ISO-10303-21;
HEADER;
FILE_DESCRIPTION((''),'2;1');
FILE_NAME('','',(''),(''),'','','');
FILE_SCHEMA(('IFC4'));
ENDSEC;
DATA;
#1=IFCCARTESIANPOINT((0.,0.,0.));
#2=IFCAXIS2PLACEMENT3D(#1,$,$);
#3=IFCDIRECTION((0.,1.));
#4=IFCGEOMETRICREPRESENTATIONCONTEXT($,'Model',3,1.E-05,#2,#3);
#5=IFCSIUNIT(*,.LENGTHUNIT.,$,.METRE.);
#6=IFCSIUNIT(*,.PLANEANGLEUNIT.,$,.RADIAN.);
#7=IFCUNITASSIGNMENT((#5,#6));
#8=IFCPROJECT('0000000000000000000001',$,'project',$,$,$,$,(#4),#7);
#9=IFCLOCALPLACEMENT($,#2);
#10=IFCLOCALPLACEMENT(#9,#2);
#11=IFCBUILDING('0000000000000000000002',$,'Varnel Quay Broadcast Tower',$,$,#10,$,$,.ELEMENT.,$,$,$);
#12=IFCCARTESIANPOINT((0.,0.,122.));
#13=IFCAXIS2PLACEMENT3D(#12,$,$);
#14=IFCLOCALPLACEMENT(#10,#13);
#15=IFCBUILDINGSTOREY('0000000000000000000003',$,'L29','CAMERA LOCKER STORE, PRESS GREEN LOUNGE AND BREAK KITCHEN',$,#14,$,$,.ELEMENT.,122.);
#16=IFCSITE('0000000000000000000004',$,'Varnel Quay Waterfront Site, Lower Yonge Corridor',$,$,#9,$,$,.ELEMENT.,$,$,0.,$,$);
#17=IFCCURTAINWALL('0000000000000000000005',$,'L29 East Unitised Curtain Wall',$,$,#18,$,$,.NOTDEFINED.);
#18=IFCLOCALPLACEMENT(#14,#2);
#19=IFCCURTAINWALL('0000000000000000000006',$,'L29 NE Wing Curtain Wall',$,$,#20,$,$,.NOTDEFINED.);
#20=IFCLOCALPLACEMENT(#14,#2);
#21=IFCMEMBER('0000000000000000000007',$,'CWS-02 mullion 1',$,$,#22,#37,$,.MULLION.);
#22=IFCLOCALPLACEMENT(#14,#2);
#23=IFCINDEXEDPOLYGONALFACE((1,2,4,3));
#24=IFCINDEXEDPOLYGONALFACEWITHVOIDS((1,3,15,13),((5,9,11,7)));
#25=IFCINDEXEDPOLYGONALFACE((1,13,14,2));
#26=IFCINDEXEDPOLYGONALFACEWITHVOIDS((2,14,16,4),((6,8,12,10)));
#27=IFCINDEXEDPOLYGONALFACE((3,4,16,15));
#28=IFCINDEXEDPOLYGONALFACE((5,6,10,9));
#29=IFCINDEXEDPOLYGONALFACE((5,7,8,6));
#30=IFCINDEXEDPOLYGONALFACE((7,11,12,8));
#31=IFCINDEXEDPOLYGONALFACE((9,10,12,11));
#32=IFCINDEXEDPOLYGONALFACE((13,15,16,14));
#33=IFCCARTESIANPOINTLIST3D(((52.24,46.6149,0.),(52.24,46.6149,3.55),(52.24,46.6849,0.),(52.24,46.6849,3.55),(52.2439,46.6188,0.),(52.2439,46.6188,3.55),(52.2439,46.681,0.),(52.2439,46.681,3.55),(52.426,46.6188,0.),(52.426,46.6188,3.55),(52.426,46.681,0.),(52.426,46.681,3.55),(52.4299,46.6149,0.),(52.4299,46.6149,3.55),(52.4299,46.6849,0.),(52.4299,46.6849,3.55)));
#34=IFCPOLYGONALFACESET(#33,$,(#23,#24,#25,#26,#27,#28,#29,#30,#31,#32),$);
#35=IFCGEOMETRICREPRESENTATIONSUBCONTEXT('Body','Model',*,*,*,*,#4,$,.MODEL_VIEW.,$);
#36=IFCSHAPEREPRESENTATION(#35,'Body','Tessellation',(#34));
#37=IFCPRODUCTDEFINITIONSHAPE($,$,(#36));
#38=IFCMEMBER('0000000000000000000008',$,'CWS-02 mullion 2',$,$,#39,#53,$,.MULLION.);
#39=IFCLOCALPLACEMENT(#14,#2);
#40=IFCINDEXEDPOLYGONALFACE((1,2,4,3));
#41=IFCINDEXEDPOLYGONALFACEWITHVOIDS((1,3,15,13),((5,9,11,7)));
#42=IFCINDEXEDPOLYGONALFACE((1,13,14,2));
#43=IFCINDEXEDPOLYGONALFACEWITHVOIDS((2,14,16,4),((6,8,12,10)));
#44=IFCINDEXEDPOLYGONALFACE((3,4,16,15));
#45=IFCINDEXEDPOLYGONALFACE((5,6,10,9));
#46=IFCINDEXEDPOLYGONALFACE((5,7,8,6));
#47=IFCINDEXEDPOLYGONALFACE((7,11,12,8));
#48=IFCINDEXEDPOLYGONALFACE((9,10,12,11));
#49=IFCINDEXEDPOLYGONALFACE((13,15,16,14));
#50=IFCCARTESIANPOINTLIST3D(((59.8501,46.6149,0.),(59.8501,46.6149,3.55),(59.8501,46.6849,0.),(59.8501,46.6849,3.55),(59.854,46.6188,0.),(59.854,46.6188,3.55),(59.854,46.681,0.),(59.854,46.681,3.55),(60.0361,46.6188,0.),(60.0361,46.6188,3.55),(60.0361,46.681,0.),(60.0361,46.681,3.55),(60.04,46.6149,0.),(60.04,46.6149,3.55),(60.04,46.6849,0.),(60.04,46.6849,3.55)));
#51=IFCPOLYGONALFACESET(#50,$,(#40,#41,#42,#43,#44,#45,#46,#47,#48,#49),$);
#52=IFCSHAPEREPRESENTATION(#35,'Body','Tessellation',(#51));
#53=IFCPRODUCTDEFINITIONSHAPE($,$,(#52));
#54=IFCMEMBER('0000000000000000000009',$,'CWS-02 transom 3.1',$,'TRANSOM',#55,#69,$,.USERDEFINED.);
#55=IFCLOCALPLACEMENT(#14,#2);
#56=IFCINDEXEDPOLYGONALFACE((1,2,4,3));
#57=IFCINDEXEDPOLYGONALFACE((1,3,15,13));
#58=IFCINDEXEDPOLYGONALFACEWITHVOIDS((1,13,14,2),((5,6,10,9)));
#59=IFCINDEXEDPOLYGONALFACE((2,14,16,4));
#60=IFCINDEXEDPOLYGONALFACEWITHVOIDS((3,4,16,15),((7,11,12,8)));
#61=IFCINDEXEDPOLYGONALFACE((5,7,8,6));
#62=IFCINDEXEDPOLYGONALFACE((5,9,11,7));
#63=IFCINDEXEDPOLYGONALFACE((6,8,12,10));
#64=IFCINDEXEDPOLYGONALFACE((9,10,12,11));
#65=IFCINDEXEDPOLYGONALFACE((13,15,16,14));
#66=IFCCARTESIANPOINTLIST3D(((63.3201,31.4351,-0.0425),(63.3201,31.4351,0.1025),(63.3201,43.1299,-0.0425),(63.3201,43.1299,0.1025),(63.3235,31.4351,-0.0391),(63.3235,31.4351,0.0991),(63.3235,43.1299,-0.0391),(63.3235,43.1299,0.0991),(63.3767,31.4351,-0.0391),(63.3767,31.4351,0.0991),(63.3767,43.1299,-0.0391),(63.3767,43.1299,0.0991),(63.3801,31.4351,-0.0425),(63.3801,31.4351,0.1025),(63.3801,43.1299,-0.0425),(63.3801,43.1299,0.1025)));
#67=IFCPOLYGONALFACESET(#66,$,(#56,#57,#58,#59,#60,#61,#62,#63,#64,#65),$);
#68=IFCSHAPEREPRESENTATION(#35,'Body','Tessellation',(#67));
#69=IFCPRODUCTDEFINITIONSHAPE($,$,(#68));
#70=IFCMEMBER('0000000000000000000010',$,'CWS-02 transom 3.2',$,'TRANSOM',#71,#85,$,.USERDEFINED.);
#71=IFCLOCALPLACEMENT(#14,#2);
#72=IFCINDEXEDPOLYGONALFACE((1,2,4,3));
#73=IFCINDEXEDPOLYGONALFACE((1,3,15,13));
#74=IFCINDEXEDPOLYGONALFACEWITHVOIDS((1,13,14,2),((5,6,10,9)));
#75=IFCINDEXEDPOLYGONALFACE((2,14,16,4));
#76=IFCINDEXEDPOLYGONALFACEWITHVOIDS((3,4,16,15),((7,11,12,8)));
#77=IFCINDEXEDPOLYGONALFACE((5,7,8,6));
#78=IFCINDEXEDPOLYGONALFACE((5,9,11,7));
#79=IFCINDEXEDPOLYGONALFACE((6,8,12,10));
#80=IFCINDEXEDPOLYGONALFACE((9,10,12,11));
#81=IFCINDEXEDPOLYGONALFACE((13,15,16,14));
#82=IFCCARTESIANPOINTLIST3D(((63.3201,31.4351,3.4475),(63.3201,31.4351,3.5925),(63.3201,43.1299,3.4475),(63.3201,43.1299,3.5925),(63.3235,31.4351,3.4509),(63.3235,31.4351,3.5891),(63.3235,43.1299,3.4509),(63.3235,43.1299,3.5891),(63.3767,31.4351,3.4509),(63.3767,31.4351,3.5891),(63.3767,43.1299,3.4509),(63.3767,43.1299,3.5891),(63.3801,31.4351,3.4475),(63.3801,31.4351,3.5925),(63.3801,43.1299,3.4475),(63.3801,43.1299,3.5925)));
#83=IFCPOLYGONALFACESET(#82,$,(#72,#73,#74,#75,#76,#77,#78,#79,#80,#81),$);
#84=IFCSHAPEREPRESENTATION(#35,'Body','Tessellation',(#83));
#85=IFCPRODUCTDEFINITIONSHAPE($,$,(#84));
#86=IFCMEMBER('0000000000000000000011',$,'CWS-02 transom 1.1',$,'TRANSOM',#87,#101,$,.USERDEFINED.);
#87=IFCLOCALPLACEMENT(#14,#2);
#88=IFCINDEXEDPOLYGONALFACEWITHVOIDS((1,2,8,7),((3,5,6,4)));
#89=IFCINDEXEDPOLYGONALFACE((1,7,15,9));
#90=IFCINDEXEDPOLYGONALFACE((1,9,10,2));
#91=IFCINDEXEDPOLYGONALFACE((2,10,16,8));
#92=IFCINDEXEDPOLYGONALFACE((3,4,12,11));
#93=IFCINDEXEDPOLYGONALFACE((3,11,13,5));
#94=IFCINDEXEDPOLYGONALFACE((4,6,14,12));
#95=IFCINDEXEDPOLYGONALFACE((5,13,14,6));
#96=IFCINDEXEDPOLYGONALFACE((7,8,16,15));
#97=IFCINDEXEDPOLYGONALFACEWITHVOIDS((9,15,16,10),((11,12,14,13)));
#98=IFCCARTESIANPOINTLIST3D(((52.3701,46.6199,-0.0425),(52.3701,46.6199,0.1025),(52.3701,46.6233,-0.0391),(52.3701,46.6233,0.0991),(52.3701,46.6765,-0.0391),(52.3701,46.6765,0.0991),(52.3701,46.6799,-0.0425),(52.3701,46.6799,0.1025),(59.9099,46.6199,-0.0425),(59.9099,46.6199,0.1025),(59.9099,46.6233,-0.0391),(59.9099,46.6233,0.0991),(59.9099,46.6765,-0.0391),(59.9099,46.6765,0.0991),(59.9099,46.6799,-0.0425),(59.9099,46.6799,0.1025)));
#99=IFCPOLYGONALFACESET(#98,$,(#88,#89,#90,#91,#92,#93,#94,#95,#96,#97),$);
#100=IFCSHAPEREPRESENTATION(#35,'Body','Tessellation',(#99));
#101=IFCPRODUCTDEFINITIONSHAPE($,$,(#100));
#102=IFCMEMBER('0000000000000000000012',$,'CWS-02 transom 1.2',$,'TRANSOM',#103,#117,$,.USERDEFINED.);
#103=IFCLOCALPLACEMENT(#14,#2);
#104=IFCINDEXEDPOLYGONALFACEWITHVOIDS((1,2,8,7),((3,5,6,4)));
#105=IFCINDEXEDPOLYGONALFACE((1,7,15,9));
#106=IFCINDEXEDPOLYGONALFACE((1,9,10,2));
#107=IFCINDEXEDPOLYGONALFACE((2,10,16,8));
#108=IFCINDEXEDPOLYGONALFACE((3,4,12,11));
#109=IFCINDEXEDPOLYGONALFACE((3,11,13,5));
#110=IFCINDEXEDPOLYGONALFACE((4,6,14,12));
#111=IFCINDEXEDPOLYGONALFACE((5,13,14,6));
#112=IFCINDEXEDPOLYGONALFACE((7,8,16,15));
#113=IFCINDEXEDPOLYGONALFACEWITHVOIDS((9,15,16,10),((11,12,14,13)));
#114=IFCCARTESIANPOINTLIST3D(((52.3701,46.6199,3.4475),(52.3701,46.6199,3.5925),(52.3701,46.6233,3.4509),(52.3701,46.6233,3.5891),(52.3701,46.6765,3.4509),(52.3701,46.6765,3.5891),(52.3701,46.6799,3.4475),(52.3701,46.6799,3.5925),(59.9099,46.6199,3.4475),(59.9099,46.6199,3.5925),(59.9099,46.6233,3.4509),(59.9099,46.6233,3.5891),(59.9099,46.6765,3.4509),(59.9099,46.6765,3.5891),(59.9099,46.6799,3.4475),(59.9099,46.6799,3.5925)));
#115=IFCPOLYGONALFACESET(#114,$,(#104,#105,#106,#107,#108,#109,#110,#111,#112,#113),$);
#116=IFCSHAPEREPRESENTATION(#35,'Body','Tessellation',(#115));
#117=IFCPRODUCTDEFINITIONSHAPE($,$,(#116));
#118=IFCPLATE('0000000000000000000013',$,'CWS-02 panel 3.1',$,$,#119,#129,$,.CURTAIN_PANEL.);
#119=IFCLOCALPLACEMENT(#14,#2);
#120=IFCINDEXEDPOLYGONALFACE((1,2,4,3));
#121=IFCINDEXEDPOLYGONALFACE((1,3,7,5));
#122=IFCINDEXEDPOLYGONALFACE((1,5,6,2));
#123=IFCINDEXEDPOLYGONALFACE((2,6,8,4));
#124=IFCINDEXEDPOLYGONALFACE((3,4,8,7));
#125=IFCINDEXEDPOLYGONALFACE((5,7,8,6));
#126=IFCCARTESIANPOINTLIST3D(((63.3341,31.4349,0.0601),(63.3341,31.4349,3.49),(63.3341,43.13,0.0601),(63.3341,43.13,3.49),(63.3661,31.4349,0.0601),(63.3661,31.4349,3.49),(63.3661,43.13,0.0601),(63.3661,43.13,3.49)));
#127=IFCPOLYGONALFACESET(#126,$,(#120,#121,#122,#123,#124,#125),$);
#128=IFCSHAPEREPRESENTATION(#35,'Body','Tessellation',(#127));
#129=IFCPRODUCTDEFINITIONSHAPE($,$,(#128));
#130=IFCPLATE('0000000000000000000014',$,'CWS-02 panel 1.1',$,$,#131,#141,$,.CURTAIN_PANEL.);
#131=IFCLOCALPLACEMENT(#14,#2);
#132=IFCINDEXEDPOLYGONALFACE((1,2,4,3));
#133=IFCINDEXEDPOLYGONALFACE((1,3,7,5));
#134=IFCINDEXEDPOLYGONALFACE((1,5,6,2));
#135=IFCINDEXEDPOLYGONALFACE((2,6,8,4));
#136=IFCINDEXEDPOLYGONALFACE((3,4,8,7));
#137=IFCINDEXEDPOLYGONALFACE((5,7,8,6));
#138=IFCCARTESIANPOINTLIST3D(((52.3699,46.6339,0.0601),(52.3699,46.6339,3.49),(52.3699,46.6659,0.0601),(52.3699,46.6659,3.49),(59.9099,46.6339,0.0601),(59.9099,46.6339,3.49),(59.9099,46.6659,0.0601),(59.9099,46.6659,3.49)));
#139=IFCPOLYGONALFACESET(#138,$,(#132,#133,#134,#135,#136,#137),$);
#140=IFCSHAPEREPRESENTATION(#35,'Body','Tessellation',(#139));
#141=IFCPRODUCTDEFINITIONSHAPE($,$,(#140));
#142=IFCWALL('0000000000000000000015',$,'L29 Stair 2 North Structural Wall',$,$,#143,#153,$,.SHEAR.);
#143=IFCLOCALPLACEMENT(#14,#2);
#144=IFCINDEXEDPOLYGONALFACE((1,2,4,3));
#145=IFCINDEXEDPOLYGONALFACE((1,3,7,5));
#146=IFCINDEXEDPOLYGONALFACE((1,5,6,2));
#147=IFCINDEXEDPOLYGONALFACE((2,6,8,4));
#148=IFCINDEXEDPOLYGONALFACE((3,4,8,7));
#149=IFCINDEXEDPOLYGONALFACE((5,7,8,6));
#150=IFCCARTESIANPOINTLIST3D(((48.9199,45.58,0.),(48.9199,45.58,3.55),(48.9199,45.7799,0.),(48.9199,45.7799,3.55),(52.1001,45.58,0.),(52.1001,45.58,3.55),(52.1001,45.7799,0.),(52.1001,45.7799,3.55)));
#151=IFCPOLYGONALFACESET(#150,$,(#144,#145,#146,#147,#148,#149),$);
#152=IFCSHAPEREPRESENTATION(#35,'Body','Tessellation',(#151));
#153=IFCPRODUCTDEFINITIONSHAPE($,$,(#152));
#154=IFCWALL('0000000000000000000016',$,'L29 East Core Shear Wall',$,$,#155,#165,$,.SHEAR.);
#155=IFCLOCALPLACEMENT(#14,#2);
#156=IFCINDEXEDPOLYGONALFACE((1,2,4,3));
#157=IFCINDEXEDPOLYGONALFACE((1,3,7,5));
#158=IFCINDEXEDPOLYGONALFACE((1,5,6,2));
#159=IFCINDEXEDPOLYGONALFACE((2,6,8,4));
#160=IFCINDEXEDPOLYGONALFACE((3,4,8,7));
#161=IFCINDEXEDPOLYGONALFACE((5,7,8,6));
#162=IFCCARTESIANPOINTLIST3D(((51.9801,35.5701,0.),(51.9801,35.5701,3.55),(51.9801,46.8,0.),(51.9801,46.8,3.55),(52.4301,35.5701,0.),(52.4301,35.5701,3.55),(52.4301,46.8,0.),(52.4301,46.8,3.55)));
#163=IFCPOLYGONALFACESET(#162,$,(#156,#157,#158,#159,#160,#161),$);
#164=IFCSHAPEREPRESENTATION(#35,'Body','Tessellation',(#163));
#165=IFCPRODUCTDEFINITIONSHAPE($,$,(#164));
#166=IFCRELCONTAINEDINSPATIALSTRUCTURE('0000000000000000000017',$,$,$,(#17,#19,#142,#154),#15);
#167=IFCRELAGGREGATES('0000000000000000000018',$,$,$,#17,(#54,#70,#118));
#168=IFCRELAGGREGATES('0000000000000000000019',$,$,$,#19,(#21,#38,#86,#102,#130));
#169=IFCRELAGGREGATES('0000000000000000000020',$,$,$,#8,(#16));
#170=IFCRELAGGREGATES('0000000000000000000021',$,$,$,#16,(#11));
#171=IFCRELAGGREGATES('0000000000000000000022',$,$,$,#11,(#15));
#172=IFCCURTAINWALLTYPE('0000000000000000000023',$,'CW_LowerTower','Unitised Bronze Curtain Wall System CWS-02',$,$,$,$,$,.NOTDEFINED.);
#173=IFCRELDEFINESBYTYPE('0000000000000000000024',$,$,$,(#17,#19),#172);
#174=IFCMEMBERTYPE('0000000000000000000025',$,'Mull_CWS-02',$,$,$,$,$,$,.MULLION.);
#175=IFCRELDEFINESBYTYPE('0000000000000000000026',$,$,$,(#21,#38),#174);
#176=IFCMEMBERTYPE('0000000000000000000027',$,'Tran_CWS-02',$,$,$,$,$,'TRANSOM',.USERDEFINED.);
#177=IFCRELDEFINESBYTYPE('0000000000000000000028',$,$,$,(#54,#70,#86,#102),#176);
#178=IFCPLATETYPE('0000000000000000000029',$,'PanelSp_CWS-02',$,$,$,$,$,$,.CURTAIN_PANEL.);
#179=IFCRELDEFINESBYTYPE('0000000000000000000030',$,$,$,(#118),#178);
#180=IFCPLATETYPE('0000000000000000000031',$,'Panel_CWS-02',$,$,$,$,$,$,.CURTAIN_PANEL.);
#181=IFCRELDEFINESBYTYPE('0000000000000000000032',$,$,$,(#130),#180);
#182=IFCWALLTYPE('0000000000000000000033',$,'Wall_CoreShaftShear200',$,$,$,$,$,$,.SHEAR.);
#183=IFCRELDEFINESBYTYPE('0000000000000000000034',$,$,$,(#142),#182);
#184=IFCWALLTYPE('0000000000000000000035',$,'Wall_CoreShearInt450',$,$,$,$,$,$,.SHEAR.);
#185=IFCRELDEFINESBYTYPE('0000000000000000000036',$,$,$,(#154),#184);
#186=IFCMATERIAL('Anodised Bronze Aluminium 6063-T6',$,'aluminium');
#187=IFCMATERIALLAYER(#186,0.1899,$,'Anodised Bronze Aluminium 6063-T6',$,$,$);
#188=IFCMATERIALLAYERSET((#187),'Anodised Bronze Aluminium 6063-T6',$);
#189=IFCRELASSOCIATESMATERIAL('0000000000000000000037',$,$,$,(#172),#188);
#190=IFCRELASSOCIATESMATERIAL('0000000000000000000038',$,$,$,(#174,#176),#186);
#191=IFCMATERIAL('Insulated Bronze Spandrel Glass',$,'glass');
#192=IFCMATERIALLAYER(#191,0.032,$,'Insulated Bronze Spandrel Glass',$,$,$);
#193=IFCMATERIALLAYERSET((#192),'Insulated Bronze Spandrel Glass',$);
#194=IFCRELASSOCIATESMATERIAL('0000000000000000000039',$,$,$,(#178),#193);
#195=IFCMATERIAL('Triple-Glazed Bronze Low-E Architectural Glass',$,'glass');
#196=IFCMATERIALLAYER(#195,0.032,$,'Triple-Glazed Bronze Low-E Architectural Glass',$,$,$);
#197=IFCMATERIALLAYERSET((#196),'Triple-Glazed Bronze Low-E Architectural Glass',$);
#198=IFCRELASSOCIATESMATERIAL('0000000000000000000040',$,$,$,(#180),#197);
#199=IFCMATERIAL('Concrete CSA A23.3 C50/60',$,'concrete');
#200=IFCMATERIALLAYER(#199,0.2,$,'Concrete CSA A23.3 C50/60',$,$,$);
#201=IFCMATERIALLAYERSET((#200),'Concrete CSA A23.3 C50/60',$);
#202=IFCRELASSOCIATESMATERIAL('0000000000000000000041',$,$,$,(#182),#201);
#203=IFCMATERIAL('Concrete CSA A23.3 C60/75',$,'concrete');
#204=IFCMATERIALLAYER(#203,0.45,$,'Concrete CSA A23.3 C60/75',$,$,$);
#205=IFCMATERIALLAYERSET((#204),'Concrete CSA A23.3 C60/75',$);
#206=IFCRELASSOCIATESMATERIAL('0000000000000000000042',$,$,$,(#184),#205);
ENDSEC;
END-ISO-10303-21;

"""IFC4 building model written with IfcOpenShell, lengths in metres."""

from ifc_helpers import new_model, si_unit, direction, frame, frame_2d, origin, origin_2d, place, context, subcontext, project, spatial, rectangle, hollow_rectangle, extrude, source, transform, mapped, material, layer, layer_set, material_profile, profile_set, type_object, type_shapes, element, aggregate, save


model = new_model("IFC4")

# Units and contexts
model_context = context("Model", 3, precision=1e-05, world=origin(), true_north=direction((0.0, 1.0)))
body_context = subcontext(model_context, "Body", "Model", "MODEL_VIEW")
ifc_project = project(units=[si_unit("LENGTHUNIT", "METRE"), si_unit("PLANEANGLEUNIT", "RADIAN")], contexts=[model_context])

# Site, building, storey
site_placement = place(None, origin())
site = spatial("IfcSite", under=ifc_project, at=site_placement, Name="Varnel Quay Waterfront Site, Lower Yonge Corridor", CompositionType="ELEMENT", RefElevation=0.0)
building_placement = place(site_placement, origin())
building = spatial("IfcBuilding", under=site, at=building_placement, Name="Varnel Quay Broadcast Tower", CompositionType="ELEMENT")
storey_placement = place(building_placement, frame((0.0, 0.0, 122.0)))
storey = spatial("IfcBuildingStorey", under=building, at=storey_placement, Name="L29", Description="CAMERA LOCKER STORE, PRESS GREEN LOUNGE AND BREAK KITCHEN", CompositionType="ELEMENT", Elevation=122.0)

# Curtain walls, members
ifc_material_1 = material(Name="Anodised Bronze Aluminium 6063-T6", Category="aluminium")
ifc_layer_1 = layer(ifc_material_1, 0.1899, Name="Anodised Bronze Aluminium 6063-T6")
ifc_layer_set_1 = layer_set([ifc_layer_1], Name="Anodised Bronze Aluminium 6063-T6")
curtain_wall_type = type_object("IfcCurtainWallType", Name="CW_LowerTower", Description="Unitised Bronze Curtain Wall System CWS-02", PredefinedType="NOTDEFINED", material=ifc_layer_set_1)
curtain_wall_1_placement = place(storey_placement, origin())
curtain_wall_1 = element("IfcCurtainWall", 1, at=curtain_wall_1_placement, inside=storey, type_object=curtain_wall_type, Name="L29 East Unitised Curtain Wall", PredefinedType="NOTDEFINED")
ifc_material_profile_1 = material_profile(ifc_material_1, hollow_rectangle(XDim=0.0701, YDim=0.1899, WallThickness=0.0039, at=origin_2d()), Name="ALU70X190X4")
ifc_profile_set_1 = profile_set([ifc_material_profile_1], Name="Anodised Bronze Aluminium 6063-T6")
member_type_1 = type_object("IfcMemberType", Name="Mull_CWS-02", PredefinedType="MULLION", material=ifc_profile_set_1)
shared_shape_1 = source(origin(), body_context, "Body", "SweptSolid", [
    extrude(hollow_rectangle(XDim=0.0701, YDim=0.1899, WallThickness=0.0039, at=origin_2d()), origin(), (0.0, 0.0, 1.0), 3.55),
])
type_shapes(member_type_1, [shared_shape_1])
curtain_wall_2_placement = place(storey_placement, origin())
curtain_wall_2 = element("IfcCurtainWall", 2, at=curtain_wall_2_placement, inside=storey, type_object=curtain_wall_type, Name="L29 NE Wing Curtain Wall", PredefinedType="NOTDEFINED")
member_1_placement = place(storey_placement, frame((52.335, 46.6499, 0.0), z_axis=(0.0, 0.0, 1.0), x_axis=(0.0, 1.0, 0.0)))
member_1 = element("IfcMember", 3, at=member_1_placement, type_object=member_type_1, Name="CWS-02 mullion 1", PredefinedType="MULLION", context=body_context, shape_type="MappedRepresentation", body=[
    mapped(shared_shape_1, transform((0.0, 0.0, 0.0), x_axis=(1.0, 0.0, 0.0), y_axis=(0.0, 1.0, 0.0), z_axis=(0.0, 0.0, 1.0), scale=1.0)),
])
member_2_placement = place(storey_placement, frame((59.9451, 46.6499, 0.0), z_axis=(0.0, 0.0, 1.0), x_axis=(0.0, 1.0, 0.0)))
member_2 = element("IfcMember", 4, at=member_2_placement, type_object=member_type_1, Name="CWS-02 mullion 2", PredefinedType="MULLION", context=body_context, shape_type="MappedRepresentation", body=[
    mapped(shared_shape_1, transform((0.0, 0.0, 0.0), x_axis=(1.0, 0.0, 0.0), y_axis=(0.0, 1.0, 0.0), z_axis=(0.0, 0.0, 1.0), scale=1.0)),
])

# Members
ifc_material_profile_2 = material_profile(ifc_material_1, hollow_rectangle(XDim=0.0601, YDim=0.145, WallThickness=0.0034, at=origin_2d()), Name="ALU60X145X3.5")
ifc_profile_set_2 = profile_set([ifc_material_profile_2], Name="Anodised Bronze Aluminium 6063-T6")
member_type_2 = type_object("IfcMemberType", Name="Tran_CWS-02", ElementType="TRANSOM", PredefinedType="USERDEFINED", material=ifc_profile_set_2)
shared_shape_2 = source(origin(), body_context, "Body", "SweptSolid", [
    extrude(hollow_rectangle(XDim=0.0601, YDim=0.145, WallThickness=0.0034, at=origin_2d()), origin(), (0.0, 0.0, 1.0), 11.6948),
])
member_3_placement = place(storey_placement, frame((63.3501, 31.4351, 0.03), z_axis=(0.0, 1.0, 0.0), x_axis=(-1.0, 0.0, 0.0)))
member_3 = element("IfcMember", 5, at=member_3_placement, type_object=member_type_2, Name="CWS-02 transom 3.1", ObjectType="TRANSOM", PredefinedType="USERDEFINED", context=body_context, shape_type="MappedRepresentation", body=[
    mapped(shared_shape_2, transform((0.0, 0.0, 0.0), x_axis=(1.0, 0.0, 0.0), y_axis=(0.0, 1.0, 0.0), z_axis=(0.0, 0.0, 1.0), scale=1.0)),
])
member_4_placement = place(storey_placement, frame((63.3501, 31.4351, 3.52), z_axis=(0.0, 1.0, 0.0), x_axis=(-1.0, 0.0, 0.0)))
member_4 = element("IfcMember", 6, at=member_4_placement, type_object=member_type_2, Name="CWS-02 transom 3.2", ObjectType="TRANSOM", PredefinedType="USERDEFINED", context=body_context, shape_type="MappedRepresentation", body=[
    mapped(shared_shape_2, transform((0.0, 0.0, 0.0), x_axis=(1.0, 0.0, 0.0), y_axis=(0.0, 1.0, 0.0), z_axis=(0.0, 0.0, 1.0), scale=1.0)),
])
shared_shape_3 = source(origin(), body_context, "Body", "SweptSolid", [
    extrude(hollow_rectangle(XDim=0.0601, YDim=0.145, WallThickness=0.0034, at=origin_2d()), origin(), (0.0, 0.0, 1.0), 7.5398),
])
type_shapes(member_type_2, [shared_shape_2, shared_shape_3])
member_5_placement = place(storey_placement, frame((52.3701, 46.6499, 0.03), z_axis=(1.0, 0.0, 0.0), x_axis=(0.0, 1.0, 0.0)))
member_5 = element("IfcMember", 7, at=member_5_placement, type_object=member_type_2, Name="CWS-02 transom 1.1", ObjectType="TRANSOM", PredefinedType="USERDEFINED", context=body_context, shape_type="MappedRepresentation", body=[
    mapped(shared_shape_3, transform((0.0, 0.0, 0.0), x_axis=(1.0, 0.0, 0.0), y_axis=(0.0, 1.0, 0.0), z_axis=(0.0, 0.0, 1.0), scale=1.0)),
])
member_6_placement = place(storey_placement, frame((52.3701, 46.6499, 3.52), z_axis=(1.0, 0.0, 0.0), x_axis=(0.0, 1.0, 0.0)))
member_6 = element("IfcMember", 8, at=member_6_placement, type_object=member_type_2, Name="CWS-02 transom 1.2", ObjectType="TRANSOM", PredefinedType="USERDEFINED", context=body_context, shape_type="MappedRepresentation", body=[
    mapped(shared_shape_3, transform((0.0, 0.0, 0.0), x_axis=(1.0, 0.0, 0.0), y_axis=(0.0, 1.0, 0.0), z_axis=(0.0, 0.0, 1.0), scale=1.0)),
])

# Plates
ifc_material_2 = material(Name="Insulated Bronze Spandrel Glass", Category="glass")
ifc_layer_2 = layer(ifc_material_2, 0.032, Name="Insulated Bronze Spandrel Glass")
ifc_layer_set_2 = layer_set([ifc_layer_2], Name="Insulated Bronze Spandrel Glass")
plate_type_1 = type_object("IfcPlateType", Name="PanelSp_CWS-02", PredefinedType="CURTAIN_PANEL", material=ifc_layer_set_2)
shared_shape_4 = source(origin(), body_context, "Body", "SweptSolid", [
    extrude(rectangle(XDim=11.6951, YDim=0.032, at=origin_2d()), origin(), (0.0, 0.0, 1.0), 3.4299),
])
type_shapes(plate_type_1, [shared_shape_4])
plate_1_placement = place(storey_placement, frame((63.3501, 37.2825, 0.0601), z_axis=(0.0, 0.0, 1.0), x_axis=(0.0, 1.0, 0.0)))
plate_1 = element("IfcPlate", 9, at=plate_1_placement, type_object=plate_type_1, Name="CWS-02 panel 3.1", PredefinedType="CURTAIN_PANEL", context=body_context, shape_type="MappedRepresentation", body=[
    mapped(shared_shape_4, transform((0.0, 0.0, 0.0), x_axis=(1.0, 0.0, 0.0), y_axis=(0.0, 1.0, 0.0), z_axis=(0.0, 0.0, 1.0), scale=1.0)),
])
aggregate(curtain_wall_1, [member_3, member_4, plate_1])
ifc_material_3 = material(Name="Triple-Glazed Bronze Low-E Architectural Glass", Category="glass")
ifc_layer_3 = layer(ifc_material_3, 0.032, Name="Triple-Glazed Bronze Low-E Architectural Glass")
ifc_layer_set_3 = layer_set([ifc_layer_3], Name="Triple-Glazed Bronze Low-E Architectural Glass")
plate_type_2 = type_object("IfcPlateType", Name="Panel_CWS-02", PredefinedType="CURTAIN_PANEL", material=ifc_layer_set_3)
shared_shape_5 = source(origin(), body_context, "Body", "SweptSolid", [
    extrude(rectangle(XDim=7.54, YDim=0.032, at=origin_2d()), origin(), (0.0, 0.0, 1.0), 3.4299),
])
type_shapes(plate_type_2, [shared_shape_5])
plate_2_placement = place(storey_placement, frame((56.1399, 46.6499, 0.0601), z_axis=(0.0, 0.0, 1.0), x_axis=(1.0, 0.0, 0.0)))
plate_2 = element("IfcPlate", 10, at=plate_2_placement, type_object=plate_type_2, Name="CWS-02 panel 1.1", PredefinedType="CURTAIN_PANEL", context=body_context, shape_type="MappedRepresentation", body=[
    mapped(shared_shape_5, transform((0.0, 0.0, 0.0), x_axis=(1.0, 0.0, 0.0), y_axis=(0.0, 1.0, 0.0), z_axis=(0.0, 0.0, 1.0), scale=1.0)),
])
aggregate(curtain_wall_2, [member_1, member_2, member_5, member_6, plate_2])

# Walls
ifc_material_4 = material(Name="Concrete CSA A23.3 C50/60", Category="concrete")
ifc_layer_4 = layer(ifc_material_4, 0.2, Name="Concrete CSA A23.3 C50/60")
ifc_layer_set_4 = layer_set([ifc_layer_4], Name="Concrete CSA A23.3 C50/60")
wall_type_1 = type_object("IfcWallType", Name="Wall_CoreShaftShear200", PredefinedType="SHEAR", material=ifc_layer_set_4)
wall_1_placement = place(storey_placement, frame((48.9199, 45.6799, 0.0), z_axis=(0.0, 0.0, 1.0), x_axis=(1.0, 0.0, 0.0)))
element("IfcWall", 11, at=wall_1_placement, inside=storey, type_object=wall_type_1, Name="L29 Stair 2 North Structural Wall", PredefinedType="SHEAR", context=body_context, shape_type="SweptSolid", body=[
    extrude(rectangle(XDim=3.1802, YDim=0.2, at=frame_2d((1.5901, 0.0))), origin(), (0.0, 0.0, 1.0), 3.55),
])
ifc_material_5 = material(Name="Concrete CSA A23.3 C60/75", Category="concrete")
ifc_layer_5 = layer(ifc_material_5, 0.45, Name="Concrete CSA A23.3 C60/75")
ifc_layer_set_5 = layer_set([ifc_layer_5], Name="Concrete CSA A23.3 C60/75")
wall_type_2 = type_object("IfcWallType", Name="Wall_CoreShearInt450", PredefinedType="SHEAR", material=ifc_layer_set_5)
wall_2_placement = place(storey_placement, frame((52.2051, 35.5701, 0.0), z_axis=(0.0, 0.0, 1.0), x_axis=(0.0, 1.0, 0.0)))
element("IfcWall", 12, at=wall_2_placement, inside=storey, type_object=wall_type_2, Name="L29 East Core Shear Wall", PredefinedType="SHEAR", context=body_context, shape_type="SweptSolid", body=[
    extrude(rectangle(XDim=11.23, YDim=0.45, at=frame_2d((5.615, 0.0))), origin(), (0.0, 0.0, 1.0), 3.55),
])

save(model, "model.ifc")
